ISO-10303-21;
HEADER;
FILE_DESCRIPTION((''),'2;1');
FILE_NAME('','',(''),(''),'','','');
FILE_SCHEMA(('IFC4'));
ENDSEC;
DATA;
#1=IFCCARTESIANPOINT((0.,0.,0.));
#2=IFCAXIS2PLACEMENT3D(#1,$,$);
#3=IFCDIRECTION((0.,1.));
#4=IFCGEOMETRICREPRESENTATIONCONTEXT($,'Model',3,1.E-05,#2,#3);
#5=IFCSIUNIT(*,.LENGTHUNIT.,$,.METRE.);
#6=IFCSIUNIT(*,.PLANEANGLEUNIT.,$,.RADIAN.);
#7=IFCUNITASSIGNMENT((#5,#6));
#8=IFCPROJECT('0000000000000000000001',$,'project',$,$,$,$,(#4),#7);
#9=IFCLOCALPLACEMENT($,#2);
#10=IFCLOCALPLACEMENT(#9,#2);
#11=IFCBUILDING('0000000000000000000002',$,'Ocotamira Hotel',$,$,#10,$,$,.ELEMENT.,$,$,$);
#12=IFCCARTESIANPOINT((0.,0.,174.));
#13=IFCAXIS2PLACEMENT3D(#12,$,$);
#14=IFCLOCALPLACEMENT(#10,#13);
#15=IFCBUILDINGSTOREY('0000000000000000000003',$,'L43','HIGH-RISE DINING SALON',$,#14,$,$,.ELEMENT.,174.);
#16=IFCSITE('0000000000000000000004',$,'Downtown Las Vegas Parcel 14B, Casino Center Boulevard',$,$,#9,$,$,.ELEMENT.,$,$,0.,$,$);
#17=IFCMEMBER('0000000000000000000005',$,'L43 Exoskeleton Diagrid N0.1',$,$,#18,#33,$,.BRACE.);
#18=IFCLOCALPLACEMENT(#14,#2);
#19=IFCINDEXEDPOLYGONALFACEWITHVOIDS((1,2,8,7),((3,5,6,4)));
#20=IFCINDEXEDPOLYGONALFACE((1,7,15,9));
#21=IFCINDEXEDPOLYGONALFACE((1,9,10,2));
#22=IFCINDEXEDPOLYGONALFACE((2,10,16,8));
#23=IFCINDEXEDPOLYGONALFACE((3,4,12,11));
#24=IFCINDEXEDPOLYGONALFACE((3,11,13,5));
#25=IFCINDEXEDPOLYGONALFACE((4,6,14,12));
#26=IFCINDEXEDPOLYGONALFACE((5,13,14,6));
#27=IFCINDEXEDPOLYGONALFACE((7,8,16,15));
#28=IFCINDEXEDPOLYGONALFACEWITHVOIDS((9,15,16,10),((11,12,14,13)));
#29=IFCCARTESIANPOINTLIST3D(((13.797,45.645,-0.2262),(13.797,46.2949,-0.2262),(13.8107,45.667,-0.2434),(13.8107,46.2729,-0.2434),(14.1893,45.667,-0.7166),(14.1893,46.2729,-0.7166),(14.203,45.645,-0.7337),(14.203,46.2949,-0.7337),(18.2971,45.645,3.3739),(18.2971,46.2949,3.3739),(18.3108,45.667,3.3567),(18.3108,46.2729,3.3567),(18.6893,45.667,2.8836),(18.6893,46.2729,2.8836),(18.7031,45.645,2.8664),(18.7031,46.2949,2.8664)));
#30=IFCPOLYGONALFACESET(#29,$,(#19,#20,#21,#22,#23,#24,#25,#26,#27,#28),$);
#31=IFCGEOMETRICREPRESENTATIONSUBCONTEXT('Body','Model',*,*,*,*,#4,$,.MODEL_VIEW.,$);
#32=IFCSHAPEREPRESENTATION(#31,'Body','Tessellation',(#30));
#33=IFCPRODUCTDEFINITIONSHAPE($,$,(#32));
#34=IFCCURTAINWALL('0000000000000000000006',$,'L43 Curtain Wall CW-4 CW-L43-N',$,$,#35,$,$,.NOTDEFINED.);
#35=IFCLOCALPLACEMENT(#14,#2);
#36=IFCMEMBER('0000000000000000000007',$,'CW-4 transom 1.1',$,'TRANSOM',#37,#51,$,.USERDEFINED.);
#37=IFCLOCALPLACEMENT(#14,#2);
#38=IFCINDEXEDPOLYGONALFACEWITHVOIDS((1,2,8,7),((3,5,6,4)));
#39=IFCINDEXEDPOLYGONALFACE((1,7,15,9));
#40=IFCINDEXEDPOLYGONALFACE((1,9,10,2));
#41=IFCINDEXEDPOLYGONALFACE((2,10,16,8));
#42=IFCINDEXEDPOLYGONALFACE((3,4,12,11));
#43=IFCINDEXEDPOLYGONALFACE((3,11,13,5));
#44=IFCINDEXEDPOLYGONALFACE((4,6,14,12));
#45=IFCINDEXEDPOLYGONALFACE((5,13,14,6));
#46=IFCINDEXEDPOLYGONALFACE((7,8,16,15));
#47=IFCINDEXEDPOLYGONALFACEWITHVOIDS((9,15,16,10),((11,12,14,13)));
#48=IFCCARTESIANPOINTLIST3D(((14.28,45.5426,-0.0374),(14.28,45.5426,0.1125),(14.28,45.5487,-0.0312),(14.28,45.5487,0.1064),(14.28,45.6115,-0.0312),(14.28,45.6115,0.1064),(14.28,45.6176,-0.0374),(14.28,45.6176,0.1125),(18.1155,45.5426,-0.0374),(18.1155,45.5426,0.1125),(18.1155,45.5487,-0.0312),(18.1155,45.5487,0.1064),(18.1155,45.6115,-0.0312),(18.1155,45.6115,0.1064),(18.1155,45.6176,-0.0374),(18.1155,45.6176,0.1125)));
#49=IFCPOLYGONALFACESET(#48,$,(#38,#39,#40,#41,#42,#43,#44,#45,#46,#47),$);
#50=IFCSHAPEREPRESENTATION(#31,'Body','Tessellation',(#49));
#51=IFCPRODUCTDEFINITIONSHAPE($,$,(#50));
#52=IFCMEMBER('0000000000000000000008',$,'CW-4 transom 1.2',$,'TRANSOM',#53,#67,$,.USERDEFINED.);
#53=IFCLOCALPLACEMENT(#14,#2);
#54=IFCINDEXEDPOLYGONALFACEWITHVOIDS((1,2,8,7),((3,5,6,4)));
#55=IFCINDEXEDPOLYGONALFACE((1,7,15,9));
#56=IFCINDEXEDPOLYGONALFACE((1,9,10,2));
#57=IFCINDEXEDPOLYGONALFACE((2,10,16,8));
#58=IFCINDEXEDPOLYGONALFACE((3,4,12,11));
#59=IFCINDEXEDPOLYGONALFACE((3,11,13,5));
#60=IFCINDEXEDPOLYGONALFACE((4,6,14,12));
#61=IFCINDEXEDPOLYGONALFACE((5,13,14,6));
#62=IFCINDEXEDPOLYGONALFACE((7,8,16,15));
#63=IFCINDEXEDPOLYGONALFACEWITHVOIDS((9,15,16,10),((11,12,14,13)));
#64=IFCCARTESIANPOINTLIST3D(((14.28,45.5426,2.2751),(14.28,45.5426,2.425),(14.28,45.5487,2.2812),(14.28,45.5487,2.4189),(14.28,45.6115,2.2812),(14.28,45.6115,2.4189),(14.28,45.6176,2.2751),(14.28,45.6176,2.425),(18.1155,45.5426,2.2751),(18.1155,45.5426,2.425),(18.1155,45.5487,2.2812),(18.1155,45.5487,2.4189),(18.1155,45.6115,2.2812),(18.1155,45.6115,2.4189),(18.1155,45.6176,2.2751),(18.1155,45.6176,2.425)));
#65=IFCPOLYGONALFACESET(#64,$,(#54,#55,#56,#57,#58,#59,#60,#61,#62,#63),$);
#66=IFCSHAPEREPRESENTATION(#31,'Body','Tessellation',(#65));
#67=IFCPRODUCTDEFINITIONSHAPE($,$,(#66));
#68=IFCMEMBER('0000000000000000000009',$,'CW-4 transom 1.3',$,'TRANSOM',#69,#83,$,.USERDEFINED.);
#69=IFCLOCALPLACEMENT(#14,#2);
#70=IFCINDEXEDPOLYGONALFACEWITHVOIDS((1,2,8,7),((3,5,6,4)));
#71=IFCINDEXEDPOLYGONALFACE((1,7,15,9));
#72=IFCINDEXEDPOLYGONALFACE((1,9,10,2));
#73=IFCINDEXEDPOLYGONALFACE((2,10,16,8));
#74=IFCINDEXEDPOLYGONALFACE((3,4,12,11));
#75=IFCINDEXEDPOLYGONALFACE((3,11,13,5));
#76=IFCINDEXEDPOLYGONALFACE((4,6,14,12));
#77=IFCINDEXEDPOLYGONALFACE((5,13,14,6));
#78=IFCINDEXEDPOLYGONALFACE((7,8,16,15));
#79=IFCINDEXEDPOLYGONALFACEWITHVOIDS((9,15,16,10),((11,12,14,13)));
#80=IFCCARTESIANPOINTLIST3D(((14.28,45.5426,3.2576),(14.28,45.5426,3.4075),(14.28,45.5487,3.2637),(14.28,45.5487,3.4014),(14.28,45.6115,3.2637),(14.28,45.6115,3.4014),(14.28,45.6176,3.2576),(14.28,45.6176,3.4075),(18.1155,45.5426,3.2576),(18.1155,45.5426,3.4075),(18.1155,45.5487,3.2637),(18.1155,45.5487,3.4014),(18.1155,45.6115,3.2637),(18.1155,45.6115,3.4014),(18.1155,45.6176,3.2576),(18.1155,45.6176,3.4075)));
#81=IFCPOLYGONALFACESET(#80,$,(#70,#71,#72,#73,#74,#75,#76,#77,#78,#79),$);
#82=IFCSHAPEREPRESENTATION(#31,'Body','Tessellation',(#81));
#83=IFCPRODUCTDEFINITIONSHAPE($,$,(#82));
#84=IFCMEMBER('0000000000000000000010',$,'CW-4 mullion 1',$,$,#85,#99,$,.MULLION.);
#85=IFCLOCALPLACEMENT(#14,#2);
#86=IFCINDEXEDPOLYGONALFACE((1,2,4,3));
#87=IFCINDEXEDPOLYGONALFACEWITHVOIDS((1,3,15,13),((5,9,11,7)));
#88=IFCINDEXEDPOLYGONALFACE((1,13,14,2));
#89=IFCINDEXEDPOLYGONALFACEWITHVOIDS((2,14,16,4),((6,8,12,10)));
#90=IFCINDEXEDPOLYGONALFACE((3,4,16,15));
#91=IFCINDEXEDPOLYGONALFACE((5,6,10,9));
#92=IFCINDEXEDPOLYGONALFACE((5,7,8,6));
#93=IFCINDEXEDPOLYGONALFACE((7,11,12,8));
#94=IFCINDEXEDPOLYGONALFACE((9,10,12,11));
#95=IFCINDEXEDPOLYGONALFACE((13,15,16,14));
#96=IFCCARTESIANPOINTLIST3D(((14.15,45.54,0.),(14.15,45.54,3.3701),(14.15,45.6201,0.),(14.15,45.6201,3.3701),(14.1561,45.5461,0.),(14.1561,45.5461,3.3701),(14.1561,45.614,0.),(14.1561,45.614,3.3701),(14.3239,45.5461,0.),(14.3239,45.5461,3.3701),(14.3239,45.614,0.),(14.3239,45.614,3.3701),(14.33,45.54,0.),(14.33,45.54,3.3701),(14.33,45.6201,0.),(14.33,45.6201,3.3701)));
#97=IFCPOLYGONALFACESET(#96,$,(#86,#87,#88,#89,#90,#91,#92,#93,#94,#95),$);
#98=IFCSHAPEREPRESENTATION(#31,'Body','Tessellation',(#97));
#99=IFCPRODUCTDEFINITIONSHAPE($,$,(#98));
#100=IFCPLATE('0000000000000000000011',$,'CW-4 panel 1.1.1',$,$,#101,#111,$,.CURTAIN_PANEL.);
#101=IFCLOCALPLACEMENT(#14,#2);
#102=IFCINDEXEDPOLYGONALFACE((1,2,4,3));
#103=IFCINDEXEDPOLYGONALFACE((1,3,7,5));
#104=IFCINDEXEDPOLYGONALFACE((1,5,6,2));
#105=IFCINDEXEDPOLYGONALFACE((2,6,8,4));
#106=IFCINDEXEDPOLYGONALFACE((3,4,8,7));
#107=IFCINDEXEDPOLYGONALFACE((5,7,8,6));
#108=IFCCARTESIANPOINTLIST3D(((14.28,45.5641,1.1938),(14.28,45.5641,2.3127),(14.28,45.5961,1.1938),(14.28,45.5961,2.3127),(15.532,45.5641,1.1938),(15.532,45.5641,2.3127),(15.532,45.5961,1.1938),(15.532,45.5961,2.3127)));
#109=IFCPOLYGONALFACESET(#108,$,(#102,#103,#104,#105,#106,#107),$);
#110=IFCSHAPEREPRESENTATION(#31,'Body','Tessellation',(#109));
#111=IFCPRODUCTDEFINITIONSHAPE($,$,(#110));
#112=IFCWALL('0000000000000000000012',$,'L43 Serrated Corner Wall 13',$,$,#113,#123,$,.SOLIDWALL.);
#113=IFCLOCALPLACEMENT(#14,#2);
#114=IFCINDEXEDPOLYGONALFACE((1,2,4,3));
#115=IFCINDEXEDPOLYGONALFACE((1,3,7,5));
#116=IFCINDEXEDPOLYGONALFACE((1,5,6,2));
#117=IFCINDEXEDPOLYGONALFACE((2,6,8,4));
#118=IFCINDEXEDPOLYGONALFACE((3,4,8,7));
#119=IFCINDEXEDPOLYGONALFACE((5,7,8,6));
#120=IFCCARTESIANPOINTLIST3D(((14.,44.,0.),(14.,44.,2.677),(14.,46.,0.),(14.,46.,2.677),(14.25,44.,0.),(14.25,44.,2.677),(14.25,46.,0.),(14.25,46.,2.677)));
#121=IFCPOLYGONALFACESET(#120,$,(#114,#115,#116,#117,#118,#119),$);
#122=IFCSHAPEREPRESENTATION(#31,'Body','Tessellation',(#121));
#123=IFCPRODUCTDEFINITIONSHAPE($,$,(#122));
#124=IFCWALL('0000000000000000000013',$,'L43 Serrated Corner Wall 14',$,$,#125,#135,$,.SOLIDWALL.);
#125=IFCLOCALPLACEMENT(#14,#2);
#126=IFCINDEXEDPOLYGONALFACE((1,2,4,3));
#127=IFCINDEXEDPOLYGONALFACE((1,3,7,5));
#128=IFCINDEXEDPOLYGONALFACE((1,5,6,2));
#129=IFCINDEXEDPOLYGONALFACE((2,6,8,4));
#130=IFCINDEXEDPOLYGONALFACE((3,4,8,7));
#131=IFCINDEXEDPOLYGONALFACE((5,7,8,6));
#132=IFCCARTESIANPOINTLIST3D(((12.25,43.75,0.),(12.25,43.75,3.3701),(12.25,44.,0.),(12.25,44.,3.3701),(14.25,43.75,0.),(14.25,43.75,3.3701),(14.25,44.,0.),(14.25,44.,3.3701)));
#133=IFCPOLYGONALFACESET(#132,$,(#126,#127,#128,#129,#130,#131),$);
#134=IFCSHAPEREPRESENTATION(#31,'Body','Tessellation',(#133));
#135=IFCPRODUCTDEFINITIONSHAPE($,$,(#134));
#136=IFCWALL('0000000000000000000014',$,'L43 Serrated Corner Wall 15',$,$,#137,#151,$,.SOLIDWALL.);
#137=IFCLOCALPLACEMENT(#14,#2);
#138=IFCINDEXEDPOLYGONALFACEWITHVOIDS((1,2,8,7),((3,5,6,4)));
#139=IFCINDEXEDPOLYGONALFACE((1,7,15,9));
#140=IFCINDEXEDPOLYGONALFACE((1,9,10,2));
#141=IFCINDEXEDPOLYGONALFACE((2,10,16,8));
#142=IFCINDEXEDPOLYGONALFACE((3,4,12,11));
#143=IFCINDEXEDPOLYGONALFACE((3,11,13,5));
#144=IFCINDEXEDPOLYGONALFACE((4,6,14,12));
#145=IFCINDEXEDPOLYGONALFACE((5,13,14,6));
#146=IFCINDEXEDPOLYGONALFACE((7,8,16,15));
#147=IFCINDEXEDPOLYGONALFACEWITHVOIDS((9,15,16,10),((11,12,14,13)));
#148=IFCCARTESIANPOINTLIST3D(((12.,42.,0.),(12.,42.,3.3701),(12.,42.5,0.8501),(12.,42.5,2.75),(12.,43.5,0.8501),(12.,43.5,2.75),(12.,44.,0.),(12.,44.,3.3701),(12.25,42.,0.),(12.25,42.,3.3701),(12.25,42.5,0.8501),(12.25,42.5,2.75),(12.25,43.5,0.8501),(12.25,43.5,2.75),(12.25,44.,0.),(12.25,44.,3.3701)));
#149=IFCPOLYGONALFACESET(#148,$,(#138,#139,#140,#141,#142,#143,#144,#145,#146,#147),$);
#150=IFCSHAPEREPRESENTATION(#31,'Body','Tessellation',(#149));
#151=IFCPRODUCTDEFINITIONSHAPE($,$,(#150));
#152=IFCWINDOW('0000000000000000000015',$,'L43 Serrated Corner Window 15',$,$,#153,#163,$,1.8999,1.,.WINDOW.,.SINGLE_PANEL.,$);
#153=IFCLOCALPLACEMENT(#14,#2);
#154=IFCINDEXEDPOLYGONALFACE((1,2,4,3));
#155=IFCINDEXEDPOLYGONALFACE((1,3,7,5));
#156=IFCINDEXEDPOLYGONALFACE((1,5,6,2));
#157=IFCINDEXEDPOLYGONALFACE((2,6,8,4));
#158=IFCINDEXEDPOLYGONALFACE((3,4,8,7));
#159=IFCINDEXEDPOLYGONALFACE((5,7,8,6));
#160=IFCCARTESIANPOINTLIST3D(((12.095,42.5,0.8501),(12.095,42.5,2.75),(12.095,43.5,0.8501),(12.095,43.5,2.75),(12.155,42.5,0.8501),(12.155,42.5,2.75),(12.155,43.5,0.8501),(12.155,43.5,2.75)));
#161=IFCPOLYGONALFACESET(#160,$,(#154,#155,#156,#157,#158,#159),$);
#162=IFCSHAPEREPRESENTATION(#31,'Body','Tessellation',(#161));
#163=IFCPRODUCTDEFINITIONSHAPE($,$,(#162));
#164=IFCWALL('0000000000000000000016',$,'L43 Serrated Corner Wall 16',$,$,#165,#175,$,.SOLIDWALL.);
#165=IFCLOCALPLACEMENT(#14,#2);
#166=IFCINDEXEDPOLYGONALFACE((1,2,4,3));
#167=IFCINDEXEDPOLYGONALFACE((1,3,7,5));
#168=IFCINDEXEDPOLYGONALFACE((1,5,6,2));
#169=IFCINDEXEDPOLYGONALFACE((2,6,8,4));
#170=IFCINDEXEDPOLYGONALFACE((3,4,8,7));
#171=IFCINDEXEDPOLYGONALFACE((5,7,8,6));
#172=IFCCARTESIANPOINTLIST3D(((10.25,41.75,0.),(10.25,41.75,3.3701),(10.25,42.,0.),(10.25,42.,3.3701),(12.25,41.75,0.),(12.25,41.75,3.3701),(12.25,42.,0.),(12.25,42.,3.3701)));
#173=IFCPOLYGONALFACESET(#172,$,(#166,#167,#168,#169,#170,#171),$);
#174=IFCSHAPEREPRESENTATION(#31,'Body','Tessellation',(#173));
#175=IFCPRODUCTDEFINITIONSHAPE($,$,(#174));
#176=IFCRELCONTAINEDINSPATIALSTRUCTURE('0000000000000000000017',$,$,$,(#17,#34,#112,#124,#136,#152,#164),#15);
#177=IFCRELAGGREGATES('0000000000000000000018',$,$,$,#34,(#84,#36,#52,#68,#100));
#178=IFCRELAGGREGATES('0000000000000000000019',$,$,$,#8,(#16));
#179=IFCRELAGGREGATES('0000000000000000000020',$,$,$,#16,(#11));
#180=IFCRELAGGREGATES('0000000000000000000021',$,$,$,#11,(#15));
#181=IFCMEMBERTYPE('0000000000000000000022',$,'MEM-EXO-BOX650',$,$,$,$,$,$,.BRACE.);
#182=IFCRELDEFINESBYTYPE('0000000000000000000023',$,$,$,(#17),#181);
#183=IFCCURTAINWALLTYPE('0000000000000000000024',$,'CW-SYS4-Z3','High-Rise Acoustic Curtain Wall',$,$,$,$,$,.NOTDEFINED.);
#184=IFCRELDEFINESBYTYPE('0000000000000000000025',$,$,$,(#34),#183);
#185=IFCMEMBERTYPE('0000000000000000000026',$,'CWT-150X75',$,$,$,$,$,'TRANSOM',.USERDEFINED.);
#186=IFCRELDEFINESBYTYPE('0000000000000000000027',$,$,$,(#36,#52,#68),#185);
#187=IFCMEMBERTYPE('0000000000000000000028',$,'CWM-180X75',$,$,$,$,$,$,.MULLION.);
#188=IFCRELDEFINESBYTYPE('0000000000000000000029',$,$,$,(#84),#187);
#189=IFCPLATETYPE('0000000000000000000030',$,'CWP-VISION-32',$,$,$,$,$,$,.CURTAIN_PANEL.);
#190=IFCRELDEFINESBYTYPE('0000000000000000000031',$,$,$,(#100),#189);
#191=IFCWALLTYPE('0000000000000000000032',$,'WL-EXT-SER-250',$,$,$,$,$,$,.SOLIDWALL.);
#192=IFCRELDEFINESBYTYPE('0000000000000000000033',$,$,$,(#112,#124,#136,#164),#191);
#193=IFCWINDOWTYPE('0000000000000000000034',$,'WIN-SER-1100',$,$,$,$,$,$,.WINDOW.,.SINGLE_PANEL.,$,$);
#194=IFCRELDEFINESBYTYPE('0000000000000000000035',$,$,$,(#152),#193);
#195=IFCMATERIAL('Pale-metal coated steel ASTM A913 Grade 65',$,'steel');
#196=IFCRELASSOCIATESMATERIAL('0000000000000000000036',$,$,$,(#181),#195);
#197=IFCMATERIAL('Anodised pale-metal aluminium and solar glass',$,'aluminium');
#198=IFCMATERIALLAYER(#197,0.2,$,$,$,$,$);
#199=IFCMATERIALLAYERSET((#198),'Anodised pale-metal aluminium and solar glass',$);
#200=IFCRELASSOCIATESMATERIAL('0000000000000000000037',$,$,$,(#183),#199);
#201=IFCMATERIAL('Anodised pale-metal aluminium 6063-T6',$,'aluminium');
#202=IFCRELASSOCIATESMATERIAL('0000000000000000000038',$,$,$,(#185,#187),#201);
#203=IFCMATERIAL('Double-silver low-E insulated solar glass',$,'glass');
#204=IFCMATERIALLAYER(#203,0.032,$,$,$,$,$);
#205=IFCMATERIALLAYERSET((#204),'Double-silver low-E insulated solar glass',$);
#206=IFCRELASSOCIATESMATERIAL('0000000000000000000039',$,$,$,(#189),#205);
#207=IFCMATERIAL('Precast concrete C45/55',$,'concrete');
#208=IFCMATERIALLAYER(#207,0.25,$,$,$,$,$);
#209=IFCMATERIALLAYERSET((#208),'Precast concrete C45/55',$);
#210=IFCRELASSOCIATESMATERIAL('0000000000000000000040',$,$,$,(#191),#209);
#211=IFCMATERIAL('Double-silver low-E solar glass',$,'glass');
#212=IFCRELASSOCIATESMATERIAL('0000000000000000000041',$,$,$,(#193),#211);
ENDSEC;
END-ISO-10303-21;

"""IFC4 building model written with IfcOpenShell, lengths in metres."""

from ifc_helpers import new_model, si_unit, direction, frame, frame_2d, origin, origin_2d, place, context, subcontext, project, spatial, rectangle, hollow_rectangle, extrude, source, transform, mapped, material, layer, layer_set, material_profile, profile_set, type_object, element, fill, aggregate, save


model = new_model("IFC4")

# Units and contexts
model_context = context("Model", 3, precision=1e-05, world=origin(), true_north=direction((0.0, 1.0)))
body_context = subcontext(model_context, "Body", "Model", "MODEL_VIEW")
ifc_project = project(units=[si_unit("LENGTHUNIT", "METRE"), si_unit("PLANEANGLEUNIT", "RADIAN")], contexts=[model_context])

# Site, building, storey
site_placement = place(None, origin())
site = spatial("IfcSite", under=ifc_project, at=site_placement, Name="Downtown Las Vegas Parcel 14B, Casino Center Boulevard", CompositionType="ELEMENT", RefElevation=0.0)
building_placement = place(site_placement, origin())
building = spatial("IfcBuilding", under=site, at=building_placement, Name="Ocotamira Hotel", CompositionType="ELEMENT")
storey_placement = place(building_placement, frame((0.0, 0.0, 174.0)))
storey = spatial("IfcBuildingStorey", under=building, at=storey_placement, Name="L43", Description="HIGH-RISE DINING SALON", CompositionType="ELEMENT", Elevation=174.0)

# Member
ifc_material_1 = material(Name="Pale-metal coated steel ASTM A913 Grade 65", Category="steel")
ifc_material_profile_1 = material_profile(ifc_material_1, hollow_rectangle(XDim=0.6499, YDim=0.6499, WallThickness=0.022, at=origin_2d()), Name="BOX650X650X22")
ifc_profile_set_1 = profile_set([ifc_material_profile_1], Name="Pale-metal coated steel ASTM A913 Grade 65")
member_type_1 = type_object("IfcMemberType", Name="MEM-EXO-BOX650", PredefinedType="BRACE", material=ifc_profile_set_1)
shared_shape_1 = source(origin(), body_context, "Body", "SweptSolid", [
    extrude(hollow_rectangle(XDim=0.6499, YDim=0.6499, WallThickness=0.022, at=origin_2d()), origin(), (0.0, 0.0, 1.0), 5.7629),
])
member_1_placement = place(storey_placement, frame((14.0, 45.97, -0.48), z_axis=(0.780861, 0.0, 0.624705), x_axis=(0.0, 1.0, 0.0)))
element("IfcMember", 1, at=member_1_placement, inside=storey, type_object=member_type_1, Name="L43 Exoskeleton Diagrid N0.1", PredefinedType="BRACE", context=body_context, shape_type="MappedRepresentation", body=[
    mapped(shared_shape_1, transform((0.0, 0.0, 0.0), scale=1.0)),
])

# Curtain wall, members, plate
ifc_material_2 = material(Name="Anodised pale-metal aluminium and solar glass", Category="aluminium")
ifc_layer_1 = layer(ifc_material_2, 0.2)
ifc_layer_set_1 = layer_set([ifc_layer_1], Name="Anodised pale-metal aluminium and solar glass")
curtain_wall_type = type_object("IfcCurtainWallType", Name="CW-SYS4-Z3", Description="High-Rise Acoustic Curtain Wall", PredefinedType="NOTDEFINED", material=ifc_layer_set_1)
curtain_wall_placement = place(storey_placement, origin())
curtain_wall = element("IfcCurtainWall", 2, at=curtain_wall_placement, inside=storey, type_object=curtain_wall_type, Name="L43 Curtain Wall CW-4 CW-L43-N", PredefinedType="NOTDEFINED")
ifc_material_3 = material(Name="Anodised pale-metal aluminium 6063-T6", Category="aluminium")
ifc_material_profile_2 = material_profile(ifc_material_3, hollow_rectangle(XDim=0.075, YDim=0.1499, WallThickness=0.0061, at=origin_2d()), Name="HSS150X75X6")
ifc_profile_set_2 = profile_set([ifc_material_profile_2], Name="Anodised pale-metal aluminium 6063-T6")
member_type_2 = type_object("IfcMemberType", Name="CWT-150X75", ElementType="TRANSOM", PredefinedType="USERDEFINED", material=ifc_profile_set_2)
shared_shape_2 = source(origin(), body_context, "Body", "SweptSolid", [
    extrude(hollow_rectangle(XDim=0.075, YDim=0.1499, WallThickness=0.0061, at=origin_2d()), origin(), (0.0, 0.0, 1.0), 3.8354),
])
member_2_placement = place(storey_placement, frame((14.28, 45.5801, 0.0376), z_axis=(1.0, 0.0, 0.0), x_axis=(0.0, 1.0, 0.0)))
member_2 = element("IfcMember", 3, at=member_2_placement, type_object=member_type_2, Name="CW-4 transom 1.1", ObjectType="TRANSOM", PredefinedType="USERDEFINED", context=body_context, shape_type="MappedRepresentation", body=[
    mapped(shared_shape_2, transform((0.0, 0.0, 0.0), scale=1.0)),
])
member_3_placement = place(storey_placement, frame((14.28, 45.5801, 2.3501), z_axis=(1.0, 0.0, 0.0), x_axis=(0.0, 1.0, 0.0)))
member_3 = element("IfcMember", 4, at=member_3_placement, type_object=member_type_2, Name="CW-4 transom 1.2", ObjectType="TRANSOM", PredefinedType="USERDEFINED", context=body_context, shape_type="MappedRepresentation", body=[
    mapped(shared_shape_2, transform((0.0, 0.0, 0.0), scale=1.0)),
])
member_4_placement = place(storey_placement, frame((14.28, 45.5801, 3.3325), z_axis=(1.0, 0.0, 0.0), x_axis=(0.0, 1.0, 0.0)))
member_4 = element("IfcMember", 5, at=member_4_placement, type_object=member_type_2, Name="CW-4 transom 1.3", ObjectType="TRANSOM", PredefinedType="USERDEFINED", context=body_context, shape_type="MappedRepresentation", body=[
    mapped(shared_shape_2, transform((0.0, 0.0, 0.0), scale=1.0)),
])
ifc_material_profile_3 = material_profile(ifc_material_3, hollow_rectangle(XDim=0.0801, YDim=0.1799, WallThickness=0.0061, at=origin_2d()), Name="HSS180X80X6")
ifc_profile_set_3 = profile_set([ifc_material_profile_3], Name="Anodised pale-metal aluminium 6063-T6")
member_type_3 = type_object("IfcMemberType", Name="CWM-180X75", PredefinedType="MULLION", material=ifc_profile_set_3)
shared_shape_3 = source(origin(), body_context, "Body", "SweptSolid", [
    extrude(hollow_rectangle(XDim=0.0801, YDim=0.1799, WallThickness=0.0061, at=origin_2d()), origin(), (0.0, 0.0, 1.0), 3.3701),
])
member_5_placement = place(storey_placement, frame((14.24, 45.5801, 0.0), z_axis=(0.0, 0.0, 1.0), x_axis=(0.0, 1.0, 0.0)))
member_5 = element("IfcMember", 6, at=member_5_placement, type_object=member_type_3, Name="CW-4 mullion 1", PredefinedType="MULLION", context=body_context, shape_type="MappedRepresentation", body=[
    mapped(shared_shape_3, transform((0.0, 0.0, 0.0), scale=1.0)),
])
ifc_material_4 = material(Name="Double-silver low-E insulated solar glass", Category="glass")
ifc_layer_2 = layer(ifc_material_4, 0.032)
ifc_layer_set_2 = layer_set([ifc_layer_2], Name="Double-silver low-E insulated solar glass")
plate_type = type_object("IfcPlateType", Name="CWP-VISION-32", PredefinedType="CURTAIN_PANEL", material=ifc_layer_set_2)
shared_shape_4 = source(origin(), body_context, "Body", "SweptSolid", [
    extrude(rectangle(XDim=1.252, YDim=0.032, at=origin_2d()), origin(), (0.0, 0.0, 1.0), 1.1189),
])
plate_placement = place(storey_placement, frame((14.906, 45.5801, 1.1938), z_axis=(0.0, 0.0, 1.0), x_axis=(1.0, 0.0, 0.0)))
plate = element("IfcPlate", 7, at=plate_placement, type_object=plate_type, Name="CW-4 panel 1.1.1", PredefinedType="CURTAIN_PANEL", context=body_context, shape_type="MappedRepresentation", body=[
    mapped(shared_shape_4, transform((0.0, 0.0, 0.0), scale=1.0)),
])
aggregate(curtain_wall, [member_5, member_2, member_3, member_4, plate])

# Walls
ifc_material_5 = material(Name="Precast concrete C45/55", Category="concrete")
ifc_layer_3 = layer(ifc_material_5, 0.25)
ifc_layer_set_3 = layer_set([ifc_layer_3], Name="Precast concrete C45/55")
wall_type_1 = type_object("IfcWallType", Name="WL-EXT-SER-250", PredefinedType="SOLIDWALL", material=ifc_layer_set_3)
wall_1_placement = place(storey_placement, frame((14.125, 46.0, 0.0), z_axis=(0.0, 0.0, 1.0), x_axis=(0.0, -1.0, 0.0)))
element("IfcWall", 8, at=wall_1_placement, inside=storey, type_object=wall_type_1, Name="L43 Serrated Corner Wall 13", PredefinedType="SOLIDWALL", context=body_context, shape_type="SweptSolid", body=[
    extrude(rectangle(XDim=2.0, YDim=0.25, at=frame_2d((1.0, 0.0))), origin(), (0.0, 0.0, 1.0), 2.677),
])
wall_2_placement = place(storey_placement, frame((14.25, 43.875, 0.0), z_axis=(0.0, 0.0, 1.0), x_axis=(-1.0, 0.0, 0.0)))
element("IfcWall", 9, at=wall_2_placement, inside=storey, type_object=wall_type_1, Name="L43 Serrated Corner Wall 14", PredefinedType="SOLIDWALL", context=body_context, shape_type="SweptSolid", body=[
    extrude(rectangle(XDim=2.0, YDim=0.25, at=frame_2d((1.0, 0.0))), origin(), (0.0, 0.0, 1.0), 3.3701),
])

# Wall, opening, window
wall_3_placement = place(storey_placement, frame((12.125, 44.0, 0.0), z_axis=(0.0, 0.0, 1.0), x_axis=(0.0, -1.0, 0.0)))
wall_3 = element("IfcWall", 10, at=wall_3_placement, inside=storey, type_object=wall_type_1, Name="L43 Serrated Corner Wall 15", PredefinedType="SOLIDWALL", context=body_context, shape_type="SweptSolid", body=[
    extrude(rectangle(XDim=2.0, YDim=0.25, at=frame_2d((1.0, 0.0))), origin(), (0.0, 0.0, 1.0), 3.3701),
])
opening_placement = place(wall_3_placement, frame((0.5, 0.0, 0.8501)))
opening = element("IfcOpeningElement", 11, at=opening_placement, cuts=wall_3, PredefinedType="OPENING", context=body_context, shape_type="SweptSolid", body=[
    extrude(rectangle(XDim=1.0, YDim=1.8999, at=frame_2d((0.5, 0.95))), frame((0.0, 0.135, 0.0), z_axis=(0.0, -1.0, 0.0), x_axis=(1.0, 0.0, 0.0)), (0.0, 0.0, 1.0), 0.27),
])
ifc_material_6 = material(Name="Double-silver low-E solar glass", Category="glass")
window_type = type_object("IfcWindowType", Name="WIN-SER-1100", PartitioningType="SINGLE_PANEL", PredefinedType="WINDOW", material=ifc_material_6)
shared_shape_5 = source(origin(), body_context, "Body", "SweptSolid", [
    extrude(rectangle(XDim=1.0, YDim=1.8999, at=frame_2d((0.5, 0.95))), frame((0.0, 0.03, 0.0), z_axis=(0.0, -1.0, 0.0), x_axis=(1.0, 0.0, 0.0)), (0.0, 0.0, 1.0), 0.0601),
])
window_placement = place(opening_placement, origin())
window = element("IfcWindow", 12, at=window_placement, inside=storey, type_object=window_type, Name="L43 Serrated Corner Window 15", OverallHeight=1.8999, OverallWidth=1.0, PartitioningType="SINGLE_PANEL", PredefinedType="WINDOW", context=body_context, shape_type="MappedRepresentation", body=[
    mapped(shared_shape_5, transform((0.0, 0.0, 0.0), scale=1.0)),
])
fill(opening, window)

# Wall
for number, where, z_axis, x_axis, name in (
    (13, (12.25, 41.875, 0.0), (0.0, 0.0, 1.0), (-1.0, 0.0, 0.0), "L43 Serrated Corner Wall 16"),
):
    element("IfcWall", number, at=place(storey_placement, frame(where, z_axis=z_axis, x_axis=x_axis)), inside=storey, type_object=wall_type_1, Name=name, PredefinedType="SOLIDWALL", context=body_context, shape_type="SweptSolid", body=[
        extrude(rectangle(XDim=2.0, YDim=0.25, at=frame_2d((1.0, 0.0))), origin(), (0.0, 0.0, 1.0), 3.3701),
    ])

save(model, "model.ifc")
